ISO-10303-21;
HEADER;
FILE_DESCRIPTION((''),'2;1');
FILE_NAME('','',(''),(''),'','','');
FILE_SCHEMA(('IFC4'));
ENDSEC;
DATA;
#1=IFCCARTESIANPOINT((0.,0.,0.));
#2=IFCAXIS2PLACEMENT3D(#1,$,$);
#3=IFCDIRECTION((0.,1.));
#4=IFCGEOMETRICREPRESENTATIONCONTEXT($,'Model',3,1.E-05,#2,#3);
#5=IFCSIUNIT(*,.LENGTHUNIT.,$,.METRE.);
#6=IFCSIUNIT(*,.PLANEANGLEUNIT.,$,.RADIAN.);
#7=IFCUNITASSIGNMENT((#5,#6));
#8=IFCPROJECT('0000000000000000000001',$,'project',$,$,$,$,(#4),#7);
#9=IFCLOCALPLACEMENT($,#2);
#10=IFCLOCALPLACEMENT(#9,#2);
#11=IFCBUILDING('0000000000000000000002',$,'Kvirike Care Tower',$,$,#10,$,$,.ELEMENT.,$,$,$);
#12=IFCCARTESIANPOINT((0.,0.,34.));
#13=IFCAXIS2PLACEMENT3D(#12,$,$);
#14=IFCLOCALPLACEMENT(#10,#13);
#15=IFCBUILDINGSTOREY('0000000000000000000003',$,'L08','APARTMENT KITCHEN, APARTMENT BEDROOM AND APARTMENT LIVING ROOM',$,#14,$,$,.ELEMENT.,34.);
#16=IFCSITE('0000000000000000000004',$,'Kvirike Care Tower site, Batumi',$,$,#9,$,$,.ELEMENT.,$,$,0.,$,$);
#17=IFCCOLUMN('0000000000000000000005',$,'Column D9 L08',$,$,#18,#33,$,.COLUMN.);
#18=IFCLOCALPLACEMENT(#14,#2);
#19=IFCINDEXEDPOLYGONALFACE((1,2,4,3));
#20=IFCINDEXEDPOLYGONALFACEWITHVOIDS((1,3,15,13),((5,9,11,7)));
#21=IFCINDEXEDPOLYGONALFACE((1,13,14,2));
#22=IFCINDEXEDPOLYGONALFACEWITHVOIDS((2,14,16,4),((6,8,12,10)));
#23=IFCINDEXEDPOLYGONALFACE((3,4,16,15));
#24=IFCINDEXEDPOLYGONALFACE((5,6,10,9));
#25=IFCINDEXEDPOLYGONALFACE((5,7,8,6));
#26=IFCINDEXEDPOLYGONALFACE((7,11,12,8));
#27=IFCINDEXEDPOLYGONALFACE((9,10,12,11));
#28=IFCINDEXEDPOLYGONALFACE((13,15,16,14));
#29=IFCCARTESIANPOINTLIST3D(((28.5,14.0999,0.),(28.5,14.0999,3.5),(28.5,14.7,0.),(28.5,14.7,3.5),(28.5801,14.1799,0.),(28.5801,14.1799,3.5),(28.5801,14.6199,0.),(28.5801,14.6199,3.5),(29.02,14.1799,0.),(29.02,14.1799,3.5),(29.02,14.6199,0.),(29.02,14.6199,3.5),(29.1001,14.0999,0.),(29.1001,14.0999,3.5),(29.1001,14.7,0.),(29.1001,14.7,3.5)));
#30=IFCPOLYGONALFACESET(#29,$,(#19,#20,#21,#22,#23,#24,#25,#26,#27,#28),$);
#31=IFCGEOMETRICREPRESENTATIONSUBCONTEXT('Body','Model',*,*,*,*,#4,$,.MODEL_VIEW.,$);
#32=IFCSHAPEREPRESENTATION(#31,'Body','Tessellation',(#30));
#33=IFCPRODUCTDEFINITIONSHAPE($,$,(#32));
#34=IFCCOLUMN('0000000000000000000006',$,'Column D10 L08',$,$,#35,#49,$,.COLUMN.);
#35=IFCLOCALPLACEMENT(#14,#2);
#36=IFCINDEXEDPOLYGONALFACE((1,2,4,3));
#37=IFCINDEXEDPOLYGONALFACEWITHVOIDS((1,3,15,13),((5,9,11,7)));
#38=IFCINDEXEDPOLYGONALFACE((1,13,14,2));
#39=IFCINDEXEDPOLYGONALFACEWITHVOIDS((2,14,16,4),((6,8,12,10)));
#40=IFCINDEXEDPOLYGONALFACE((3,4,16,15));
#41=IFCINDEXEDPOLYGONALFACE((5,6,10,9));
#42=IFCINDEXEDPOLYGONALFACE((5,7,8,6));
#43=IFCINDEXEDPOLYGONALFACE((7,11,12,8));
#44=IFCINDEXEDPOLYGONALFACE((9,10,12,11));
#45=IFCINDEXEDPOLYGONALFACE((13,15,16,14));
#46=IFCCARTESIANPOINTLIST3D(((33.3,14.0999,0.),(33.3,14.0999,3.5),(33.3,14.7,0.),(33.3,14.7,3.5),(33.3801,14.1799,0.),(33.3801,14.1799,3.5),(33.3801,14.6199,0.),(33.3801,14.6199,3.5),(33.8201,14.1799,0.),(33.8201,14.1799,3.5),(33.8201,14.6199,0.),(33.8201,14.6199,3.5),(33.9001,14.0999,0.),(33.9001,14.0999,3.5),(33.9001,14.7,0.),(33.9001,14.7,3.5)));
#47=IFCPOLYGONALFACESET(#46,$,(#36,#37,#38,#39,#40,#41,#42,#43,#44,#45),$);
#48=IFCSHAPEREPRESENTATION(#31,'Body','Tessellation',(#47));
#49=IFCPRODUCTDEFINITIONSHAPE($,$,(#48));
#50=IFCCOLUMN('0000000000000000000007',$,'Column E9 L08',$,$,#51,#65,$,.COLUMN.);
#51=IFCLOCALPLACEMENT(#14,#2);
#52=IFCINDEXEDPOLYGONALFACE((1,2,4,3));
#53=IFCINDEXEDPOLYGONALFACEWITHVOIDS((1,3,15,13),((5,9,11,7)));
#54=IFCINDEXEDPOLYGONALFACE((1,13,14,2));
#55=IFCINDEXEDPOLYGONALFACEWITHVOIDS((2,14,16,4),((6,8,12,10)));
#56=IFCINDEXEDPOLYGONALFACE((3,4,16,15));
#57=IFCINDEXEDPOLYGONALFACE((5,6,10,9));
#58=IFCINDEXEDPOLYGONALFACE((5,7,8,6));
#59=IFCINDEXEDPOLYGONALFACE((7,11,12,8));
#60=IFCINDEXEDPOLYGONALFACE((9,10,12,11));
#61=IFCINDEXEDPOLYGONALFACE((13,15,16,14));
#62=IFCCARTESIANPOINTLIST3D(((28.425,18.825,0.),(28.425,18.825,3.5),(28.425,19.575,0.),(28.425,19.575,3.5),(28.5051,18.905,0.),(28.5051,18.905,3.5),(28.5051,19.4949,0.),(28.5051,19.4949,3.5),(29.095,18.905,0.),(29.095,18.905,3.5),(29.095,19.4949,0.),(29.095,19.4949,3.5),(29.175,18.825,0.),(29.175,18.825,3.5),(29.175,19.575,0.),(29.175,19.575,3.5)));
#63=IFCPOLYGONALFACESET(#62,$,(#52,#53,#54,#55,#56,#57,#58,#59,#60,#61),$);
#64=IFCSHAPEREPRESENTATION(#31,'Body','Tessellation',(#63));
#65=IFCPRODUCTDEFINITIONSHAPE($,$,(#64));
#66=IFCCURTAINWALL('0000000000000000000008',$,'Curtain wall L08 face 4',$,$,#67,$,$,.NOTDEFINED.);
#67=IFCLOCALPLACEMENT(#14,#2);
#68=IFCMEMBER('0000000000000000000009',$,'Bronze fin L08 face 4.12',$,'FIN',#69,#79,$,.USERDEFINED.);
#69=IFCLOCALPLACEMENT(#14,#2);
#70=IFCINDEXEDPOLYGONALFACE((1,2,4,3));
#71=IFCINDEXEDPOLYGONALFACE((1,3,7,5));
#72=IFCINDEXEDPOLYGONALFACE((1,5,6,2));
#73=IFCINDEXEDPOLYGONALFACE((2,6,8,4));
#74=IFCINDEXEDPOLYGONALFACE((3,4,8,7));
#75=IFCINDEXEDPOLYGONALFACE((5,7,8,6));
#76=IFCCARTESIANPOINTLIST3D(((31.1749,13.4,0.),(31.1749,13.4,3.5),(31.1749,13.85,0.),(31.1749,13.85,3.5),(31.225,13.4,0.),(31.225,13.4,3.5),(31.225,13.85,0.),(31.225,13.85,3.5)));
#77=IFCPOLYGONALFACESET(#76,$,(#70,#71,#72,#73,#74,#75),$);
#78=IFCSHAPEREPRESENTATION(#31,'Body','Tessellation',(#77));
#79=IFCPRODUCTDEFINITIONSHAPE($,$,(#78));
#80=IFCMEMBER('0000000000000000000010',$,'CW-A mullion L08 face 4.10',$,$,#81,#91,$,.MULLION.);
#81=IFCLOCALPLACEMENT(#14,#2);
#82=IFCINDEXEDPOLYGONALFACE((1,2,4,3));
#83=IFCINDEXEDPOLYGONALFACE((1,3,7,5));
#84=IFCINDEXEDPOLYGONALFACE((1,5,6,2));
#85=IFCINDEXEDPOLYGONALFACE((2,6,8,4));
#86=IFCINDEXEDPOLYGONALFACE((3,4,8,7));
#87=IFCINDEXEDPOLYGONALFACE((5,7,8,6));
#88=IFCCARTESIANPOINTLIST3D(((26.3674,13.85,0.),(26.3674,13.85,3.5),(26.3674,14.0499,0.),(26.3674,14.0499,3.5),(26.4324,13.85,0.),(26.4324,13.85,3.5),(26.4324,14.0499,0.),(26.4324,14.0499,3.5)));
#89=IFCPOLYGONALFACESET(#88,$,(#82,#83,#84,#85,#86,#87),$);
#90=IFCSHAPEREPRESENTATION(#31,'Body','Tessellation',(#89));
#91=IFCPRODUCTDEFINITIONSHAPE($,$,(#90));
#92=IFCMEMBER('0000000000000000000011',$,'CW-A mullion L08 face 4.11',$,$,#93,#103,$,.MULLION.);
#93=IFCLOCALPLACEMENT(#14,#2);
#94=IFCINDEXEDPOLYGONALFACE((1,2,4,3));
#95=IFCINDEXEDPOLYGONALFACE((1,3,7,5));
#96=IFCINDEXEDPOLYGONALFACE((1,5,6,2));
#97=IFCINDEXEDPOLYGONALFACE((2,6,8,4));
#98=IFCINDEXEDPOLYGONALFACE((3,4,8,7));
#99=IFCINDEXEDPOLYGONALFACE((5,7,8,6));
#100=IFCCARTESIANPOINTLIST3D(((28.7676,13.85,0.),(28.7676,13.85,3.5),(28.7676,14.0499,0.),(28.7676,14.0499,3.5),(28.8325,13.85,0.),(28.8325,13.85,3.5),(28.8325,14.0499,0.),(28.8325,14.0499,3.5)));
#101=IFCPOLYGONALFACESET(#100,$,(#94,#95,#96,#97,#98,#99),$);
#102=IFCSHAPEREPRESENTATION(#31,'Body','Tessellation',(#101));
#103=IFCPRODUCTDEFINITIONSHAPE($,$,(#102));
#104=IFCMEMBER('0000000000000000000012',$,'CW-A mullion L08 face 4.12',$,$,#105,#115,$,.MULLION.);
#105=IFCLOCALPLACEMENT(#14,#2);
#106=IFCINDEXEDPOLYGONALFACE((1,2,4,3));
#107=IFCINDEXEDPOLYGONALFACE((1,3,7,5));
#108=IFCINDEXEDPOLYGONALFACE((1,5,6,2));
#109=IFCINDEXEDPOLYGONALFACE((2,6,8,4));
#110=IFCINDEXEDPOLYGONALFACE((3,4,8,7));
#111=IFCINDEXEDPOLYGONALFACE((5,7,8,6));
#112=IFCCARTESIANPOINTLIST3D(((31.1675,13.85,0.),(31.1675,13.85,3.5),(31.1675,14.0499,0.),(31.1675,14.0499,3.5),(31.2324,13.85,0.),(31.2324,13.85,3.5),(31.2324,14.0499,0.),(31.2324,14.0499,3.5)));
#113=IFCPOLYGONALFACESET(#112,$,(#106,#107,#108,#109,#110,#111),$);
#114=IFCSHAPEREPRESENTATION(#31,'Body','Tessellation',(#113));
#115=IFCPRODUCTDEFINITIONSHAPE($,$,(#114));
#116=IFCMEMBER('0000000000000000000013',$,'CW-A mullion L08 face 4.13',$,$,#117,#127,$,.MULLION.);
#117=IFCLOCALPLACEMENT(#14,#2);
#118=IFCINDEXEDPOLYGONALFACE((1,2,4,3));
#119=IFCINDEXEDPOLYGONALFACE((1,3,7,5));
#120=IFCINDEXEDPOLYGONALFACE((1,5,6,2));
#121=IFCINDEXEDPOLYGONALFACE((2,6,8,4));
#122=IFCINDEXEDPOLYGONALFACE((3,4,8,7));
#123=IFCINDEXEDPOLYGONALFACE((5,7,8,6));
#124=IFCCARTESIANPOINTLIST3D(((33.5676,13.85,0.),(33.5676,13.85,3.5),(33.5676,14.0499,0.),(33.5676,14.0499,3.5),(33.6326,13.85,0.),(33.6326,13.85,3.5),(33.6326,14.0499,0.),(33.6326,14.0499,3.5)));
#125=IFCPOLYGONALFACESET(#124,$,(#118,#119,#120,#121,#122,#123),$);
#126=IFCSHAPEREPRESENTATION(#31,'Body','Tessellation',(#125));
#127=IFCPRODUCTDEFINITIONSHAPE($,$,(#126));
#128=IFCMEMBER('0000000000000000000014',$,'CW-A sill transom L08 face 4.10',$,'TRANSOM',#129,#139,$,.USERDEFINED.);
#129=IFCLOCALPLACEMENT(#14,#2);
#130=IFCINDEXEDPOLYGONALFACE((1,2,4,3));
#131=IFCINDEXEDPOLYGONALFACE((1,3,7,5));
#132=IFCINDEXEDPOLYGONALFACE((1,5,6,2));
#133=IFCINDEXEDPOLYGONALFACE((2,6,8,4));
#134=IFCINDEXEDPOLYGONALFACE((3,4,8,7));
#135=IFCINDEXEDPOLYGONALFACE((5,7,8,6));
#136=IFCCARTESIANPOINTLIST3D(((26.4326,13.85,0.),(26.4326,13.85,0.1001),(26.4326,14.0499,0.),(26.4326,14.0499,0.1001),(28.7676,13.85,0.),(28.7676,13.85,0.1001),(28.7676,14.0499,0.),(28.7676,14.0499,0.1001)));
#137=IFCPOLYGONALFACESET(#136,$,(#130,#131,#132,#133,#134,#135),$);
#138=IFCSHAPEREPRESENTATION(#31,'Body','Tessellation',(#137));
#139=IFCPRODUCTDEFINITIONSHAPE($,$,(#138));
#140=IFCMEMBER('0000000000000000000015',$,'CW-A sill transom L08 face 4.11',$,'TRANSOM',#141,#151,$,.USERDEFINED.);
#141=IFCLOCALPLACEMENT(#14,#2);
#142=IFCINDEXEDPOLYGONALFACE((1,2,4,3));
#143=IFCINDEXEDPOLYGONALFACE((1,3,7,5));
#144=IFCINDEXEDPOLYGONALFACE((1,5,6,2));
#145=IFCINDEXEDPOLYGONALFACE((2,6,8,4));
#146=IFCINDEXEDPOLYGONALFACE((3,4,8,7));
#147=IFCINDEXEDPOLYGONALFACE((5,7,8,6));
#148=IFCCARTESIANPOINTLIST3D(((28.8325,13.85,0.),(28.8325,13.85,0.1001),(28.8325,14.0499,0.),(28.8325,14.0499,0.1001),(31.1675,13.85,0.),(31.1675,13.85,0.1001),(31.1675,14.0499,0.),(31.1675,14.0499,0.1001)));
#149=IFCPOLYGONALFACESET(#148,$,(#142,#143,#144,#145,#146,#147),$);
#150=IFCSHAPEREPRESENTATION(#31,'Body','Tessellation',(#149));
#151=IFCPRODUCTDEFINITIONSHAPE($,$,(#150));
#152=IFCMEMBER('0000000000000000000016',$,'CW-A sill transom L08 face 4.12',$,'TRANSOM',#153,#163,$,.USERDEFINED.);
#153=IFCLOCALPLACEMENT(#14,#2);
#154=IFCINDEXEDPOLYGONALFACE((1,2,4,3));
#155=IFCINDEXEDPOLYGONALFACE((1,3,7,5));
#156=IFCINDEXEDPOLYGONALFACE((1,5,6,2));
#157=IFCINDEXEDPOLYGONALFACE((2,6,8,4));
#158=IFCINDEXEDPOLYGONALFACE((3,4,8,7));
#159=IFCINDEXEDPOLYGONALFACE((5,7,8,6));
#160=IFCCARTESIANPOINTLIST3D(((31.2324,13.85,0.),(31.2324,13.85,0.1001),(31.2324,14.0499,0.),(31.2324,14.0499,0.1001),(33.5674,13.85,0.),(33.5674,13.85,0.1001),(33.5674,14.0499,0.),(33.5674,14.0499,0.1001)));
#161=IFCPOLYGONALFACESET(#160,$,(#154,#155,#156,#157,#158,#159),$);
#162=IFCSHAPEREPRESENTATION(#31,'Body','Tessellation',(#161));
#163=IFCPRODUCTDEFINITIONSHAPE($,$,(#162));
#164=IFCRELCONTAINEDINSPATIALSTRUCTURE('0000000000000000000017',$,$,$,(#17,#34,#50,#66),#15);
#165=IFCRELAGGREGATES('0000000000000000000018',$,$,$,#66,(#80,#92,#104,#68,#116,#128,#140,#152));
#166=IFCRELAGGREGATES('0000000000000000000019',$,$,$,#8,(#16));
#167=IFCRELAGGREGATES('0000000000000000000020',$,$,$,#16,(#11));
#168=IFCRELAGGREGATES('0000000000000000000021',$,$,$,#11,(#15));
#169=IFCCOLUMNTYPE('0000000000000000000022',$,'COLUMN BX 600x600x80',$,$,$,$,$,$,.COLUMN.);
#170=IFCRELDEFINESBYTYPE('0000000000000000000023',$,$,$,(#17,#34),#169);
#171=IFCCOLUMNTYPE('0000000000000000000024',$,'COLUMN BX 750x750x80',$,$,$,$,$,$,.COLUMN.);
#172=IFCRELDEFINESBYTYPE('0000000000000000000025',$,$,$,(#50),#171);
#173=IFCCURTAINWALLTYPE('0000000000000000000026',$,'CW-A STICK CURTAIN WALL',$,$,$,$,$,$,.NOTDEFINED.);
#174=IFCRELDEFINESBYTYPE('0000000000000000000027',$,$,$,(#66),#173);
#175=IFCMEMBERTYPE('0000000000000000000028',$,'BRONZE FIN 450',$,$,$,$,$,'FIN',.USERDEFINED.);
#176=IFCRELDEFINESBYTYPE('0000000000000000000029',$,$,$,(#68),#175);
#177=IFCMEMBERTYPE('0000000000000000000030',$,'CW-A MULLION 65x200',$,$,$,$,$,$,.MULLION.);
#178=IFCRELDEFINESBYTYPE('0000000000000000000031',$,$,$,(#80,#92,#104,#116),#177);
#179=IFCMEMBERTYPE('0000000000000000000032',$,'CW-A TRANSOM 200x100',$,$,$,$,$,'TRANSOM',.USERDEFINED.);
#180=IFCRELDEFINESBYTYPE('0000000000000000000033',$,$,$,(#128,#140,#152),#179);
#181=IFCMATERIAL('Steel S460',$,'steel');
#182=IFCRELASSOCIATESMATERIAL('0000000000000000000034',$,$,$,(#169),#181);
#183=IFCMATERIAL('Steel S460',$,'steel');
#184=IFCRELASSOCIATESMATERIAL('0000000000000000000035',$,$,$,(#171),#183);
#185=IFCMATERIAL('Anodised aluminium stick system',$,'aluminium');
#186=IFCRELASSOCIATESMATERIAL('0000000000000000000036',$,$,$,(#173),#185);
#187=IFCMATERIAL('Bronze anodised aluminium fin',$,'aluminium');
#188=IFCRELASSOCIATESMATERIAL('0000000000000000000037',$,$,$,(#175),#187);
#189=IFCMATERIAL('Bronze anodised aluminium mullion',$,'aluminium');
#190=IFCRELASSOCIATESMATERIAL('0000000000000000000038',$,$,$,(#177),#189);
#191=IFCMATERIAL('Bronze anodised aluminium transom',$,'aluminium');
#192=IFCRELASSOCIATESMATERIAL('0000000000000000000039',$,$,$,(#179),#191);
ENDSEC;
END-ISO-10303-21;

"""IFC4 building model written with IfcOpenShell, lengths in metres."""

from ifc_helpers import new_model, si_unit, direction, frame, origin, origin_2d, place, context, subcontext, project, spatial, rectangle, hollow_rectangle, extrude, material, material_profile, profile_set, type_object, element, aggregate, save


model = new_model("IFC4")

# Units and contexts
model_context = context("Model", 3, precision=1e-05, world=origin(), true_north=direction((0.0, 1.0)))
body_context = subcontext(model_context, "Body", "Model", "MODEL_VIEW")
ifc_project = project(units=[si_unit("LENGTHUNIT", "METRE"), si_unit("PLANEANGLEUNIT", "RADIAN")], contexts=[model_context])

# Site, building, storey
site_placement = place(None, origin())
site = spatial("IfcSite", under=ifc_project, at=site_placement, Name="Kvirike Care Tower site, Batumi", CompositionType="ELEMENT", RefElevation=0.0)
building_placement = place(site_placement, origin())
building = spatial("IfcBuilding", under=site, at=building_placement, Name="Kvirike Care Tower", CompositionType="ELEMENT")
storey_placement = place(building_placement, frame((0.0, 0.0, 34.0)))
storey = spatial("IfcBuildingStorey", under=building, at=storey_placement, Name="L08", Description="APARTMENT KITCHEN, APARTMENT BEDROOM AND APARTMENT LIVING ROOM", CompositionType="ELEMENT", Elevation=34.0)

# Columns
ifc_material_1 = material(Name="Steel S460", Category="steel")
ifc_material_profile_1 = material_profile(ifc_material_1, hollow_rectangle(XDim=0.6001, YDim=0.6001, WallThickness=0.0801, at=origin_2d()), Name="BX 600x600x80")
ifc_profile_set_1 = profile_set([ifc_material_profile_1], Name="Steel S460")
column_type_1 = type_object("IfcColumnType", Name="COLUMN BX 600x600x80", PredefinedType="COLUMN", material=ifc_profile_set_1)
for number, where, z_axis, x_axis, name in (
    (1, (28.8, 14.3999, 0.0), (0.0, 0.0, 1.0), (0.0, 1.0, 0.0), "Column D9 L08"),
    (2, (33.6001, 14.3999, 0.0), (0.0, 0.0, 1.0), (0.0, 1.0, 0.0), "Column D10 L08"),
):
    element("IfcColumn", number, at=place(storey_placement, frame(where, z_axis=z_axis, x_axis=x_axis)), inside=storey, type_object=column_type_1, Name=name, PredefinedType="COLUMN", context=body_context, shape_type="SweptSolid", body=[
        extrude(hollow_rectangle(XDim=0.6001, YDim=0.6001, WallThickness=0.0801, at=origin_2d()), origin(), (0.0, 0.0, 1.0), 3.5),
    ])
ifc_material_2 = material(Name="Steel S460", Category="steel")
ifc_material_profile_2 = material_profile(ifc_material_2, hollow_rectangle(XDim=0.75, YDim=0.75, WallThickness=0.0801, at=origin_2d()), Name="BX 750x750x80")
ifc_profile_set_2 = profile_set([ifc_material_profile_2], Name="Steel S460")
column_type_2 = type_object("IfcColumnType", Name="COLUMN BX 750x750x80", PredefinedType="COLUMN", material=ifc_profile_set_2)
column_placement = place(storey_placement, frame((28.8, 19.2, 0.0), z_axis=(0.0, 0.0, 1.0), x_axis=(1.0, 0.0, 0.0)))
element("IfcColumn", 3, at=column_placement, inside=storey, type_object=column_type_2, Name="Column E9 L08", PredefinedType="COLUMN", context=body_context, shape_type="SweptSolid", body=[
    extrude(hollow_rectangle(XDim=0.75, YDim=0.75, WallThickness=0.0801, at=origin_2d()), origin(), (0.0, 0.0, 1.0), 3.5),
])

# Curtain wall, members
ifc_material_3 = material(Name="Anodised aluminium stick system", Category="aluminium")
curtain_wall_type = type_object("IfcCurtainWallType", Name="CW-A STICK CURTAIN WALL", PredefinedType="NOTDEFINED", material=ifc_material_3)
curtain_wall_placement = place(storey_placement, origin())
curtain_wall = element("IfcCurtainWall", 4, at=curtain_wall_placement, inside=storey, type_object=curtain_wall_type, Name="Curtain wall L08 face 4", PredefinedType="NOTDEFINED")
ifc_material_4 = material(Name="Bronze anodised aluminium fin", Category="aluminium")
ifc_material_profile_3 = material_profile(ifc_material_4, rectangle(XDim=0.05, YDim=0.45, at=origin_2d()), Name="BRONZE FIN 450")
ifc_profile_set_3 = profile_set([ifc_material_profile_3], Name="Bronze anodised aluminium fin")
member_type_1 = type_object("IfcMemberType", Name="BRONZE FIN 450", ElementType="FIN", PredefinedType="USERDEFINED", material=ifc_profile_set_3)
member_1_placement = place(storey_placement, frame((31.2, 13.625, 0.0), z_axis=(0.0, 0.0, 1.0), x_axis=(1.0, 0.0, 0.0)))
member_1 = element("IfcMember", 5, at=member_1_placement, type_object=member_type_1, Name="Bronze fin L08 face 4.12", ObjectType="FIN", PredefinedType="USERDEFINED", context=body_context, shape_type="SweptSolid", body=[
    extrude(rectangle(XDim=0.05, YDim=0.45, at=origin_2d()), origin(), (0.0, 0.0, 1.0), 3.5),
])
ifc_material_5 = material(Name="Bronze anodised aluminium mullion", Category="aluminium")
ifc_material_profile_4 = material_profile(ifc_material_5, rectangle(XDim=0.0649, YDim=0.2, at=origin_2d()), Name="CW-A MULLION 65x200")
ifc_profile_set_4 = profile_set([ifc_material_profile_4], Name="Bronze anodised aluminium mullion")
member_type_2 = type_object("IfcMemberType", Name="CW-A MULLION 65x200", PredefinedType="MULLION", material=ifc_profile_set_4)
member_2_placement = place(storey_placement, frame((26.3999, 13.95, 0.0), z_axis=(0.0, 0.0, 1.0), x_axis=(1.0, 0.0, 0.0)))
member_2 = element("IfcMember", 6, at=member_2_placement, type_object=member_type_2, Name="CW-A mullion L08 face 4.10", PredefinedType="MULLION", context=body_context, shape_type="SweptSolid", body=[
    extrude(rectangle(XDim=0.0649, YDim=0.2, at=origin_2d()), origin(), (0.0, 0.0, 1.0), 3.5),
])
member_3_placement = place(storey_placement, frame((28.8, 13.95, 0.0), z_axis=(0.0, 0.0, 1.0), x_axis=(1.0, 0.0, 0.0)))
member_3 = element("IfcMember", 7, at=member_3_placement, type_object=member_type_2, Name="CW-A mullion L08 face 4.11", PredefinedType="MULLION", context=body_context, shape_type="SweptSolid", body=[
    extrude(rectangle(XDim=0.0649, YDim=0.2, at=origin_2d()), origin(), (0.0, 0.0, 1.0), 3.5),
])
member_4_placement = place(storey_placement, frame((31.2, 13.95, 0.0), z_axis=(0.0, 0.0, 1.0), x_axis=(1.0, 0.0, 0.0)))
member_4 = element("IfcMember", 8, at=member_4_placement, type_object=member_type_2, Name="CW-A mullion L08 face 4.12", PredefinedType="MULLION", context=body_context, shape_type="SweptSolid", body=[
    extrude(rectangle(XDim=0.0649, YDim=0.2, at=origin_2d()), origin(), (0.0, 0.0, 1.0), 3.5),
])
member_5_placement = place(storey_placement, frame((33.6001, 13.95, 0.0), z_axis=(0.0, 0.0, 1.0), x_axis=(1.0, 0.0, 0.0)))
member_5 = element("IfcMember", 9, at=member_5_placement, type_object=member_type_2, Name="CW-A mullion L08 face 4.13", PredefinedType="MULLION", context=body_context, shape_type="SweptSolid", body=[
    extrude(rectangle(XDim=0.0649, YDim=0.2, at=origin_2d()), origin(), (0.0, 0.0, 1.0), 3.5),
])
ifc_material_6 = material(Name="Bronze anodised aluminium transom", Category="aluminium")
ifc_material_profile_5 = material_profile(ifc_material_6, rectangle(XDim=0.2, YDim=0.1001, at=origin_2d()), Name="CW-A TRANSOM 200x100")
ifc_profile_set_5 = profile_set([ifc_material_profile_5], Name="Bronze anodised aluminium transom")
member_type_3 = type_object("IfcMemberType", Name="CW-A TRANSOM 200x100", ElementType="TRANSOM", PredefinedType="USERDEFINED", material=ifc_profile_set_5)
member_6_placement = place(storey_placement, frame((26.4326, 13.95, 0.05), z_axis=(1.0, 0.0, 0.0), x_axis=(0.0, 1.0, 0.0)))
member_6 = element("IfcMember", 10, at=member_6_placement, type_object=member_type_3, Name="CW-A sill transom L08 face 4.10", ObjectType="TRANSOM", PredefinedType="USERDEFINED", context=body_context, shape_type="SweptSolid", body=[
    extrude(rectangle(XDim=0.2, YDim=0.1001, at=origin_2d()), origin(), (0.0, 0.0, 1.0), 2.335),
])
member_7_placement = place(storey_placement, frame((28.8325, 13.95, 0.05), z_axis=(1.0, 0.0, 0.0), x_axis=(0.0, 1.0, 0.0)))
member_7 = element("IfcMember", 11, at=member_7_placement, type_object=member_type_3, Name="CW-A sill transom L08 face 4.11", ObjectType="TRANSOM", PredefinedType="USERDEFINED", context=body_context, shape_type="SweptSolid", body=[
    extrude(rectangle(XDim=0.2, YDim=0.1001, at=origin_2d()), origin(), (0.0, 0.0, 1.0), 2.335),
])
member_8_placement = place(storey_placement, frame((31.2324, 13.95, 0.05), z_axis=(1.0, 0.0, 0.0), x_axis=(0.0, 1.0, 0.0)))
member_8 = element("IfcMember", 12, at=member_8_placement, type_object=member_type_3, Name="CW-A sill transom L08 face 4.12", ObjectType="TRANSOM", PredefinedType="USERDEFINED", context=body_context, shape_type="SweptSolid", body=[
    extrude(rectangle(XDim=0.2, YDim=0.1001, at=origin_2d()), origin(), (0.0, 0.0, 1.0), 2.335),
])

aggregate(curtain_wall, [member_2, member_3, member_4, member_1, member_5, member_6, member_7, member_8])

save(model, "model.ifc")
